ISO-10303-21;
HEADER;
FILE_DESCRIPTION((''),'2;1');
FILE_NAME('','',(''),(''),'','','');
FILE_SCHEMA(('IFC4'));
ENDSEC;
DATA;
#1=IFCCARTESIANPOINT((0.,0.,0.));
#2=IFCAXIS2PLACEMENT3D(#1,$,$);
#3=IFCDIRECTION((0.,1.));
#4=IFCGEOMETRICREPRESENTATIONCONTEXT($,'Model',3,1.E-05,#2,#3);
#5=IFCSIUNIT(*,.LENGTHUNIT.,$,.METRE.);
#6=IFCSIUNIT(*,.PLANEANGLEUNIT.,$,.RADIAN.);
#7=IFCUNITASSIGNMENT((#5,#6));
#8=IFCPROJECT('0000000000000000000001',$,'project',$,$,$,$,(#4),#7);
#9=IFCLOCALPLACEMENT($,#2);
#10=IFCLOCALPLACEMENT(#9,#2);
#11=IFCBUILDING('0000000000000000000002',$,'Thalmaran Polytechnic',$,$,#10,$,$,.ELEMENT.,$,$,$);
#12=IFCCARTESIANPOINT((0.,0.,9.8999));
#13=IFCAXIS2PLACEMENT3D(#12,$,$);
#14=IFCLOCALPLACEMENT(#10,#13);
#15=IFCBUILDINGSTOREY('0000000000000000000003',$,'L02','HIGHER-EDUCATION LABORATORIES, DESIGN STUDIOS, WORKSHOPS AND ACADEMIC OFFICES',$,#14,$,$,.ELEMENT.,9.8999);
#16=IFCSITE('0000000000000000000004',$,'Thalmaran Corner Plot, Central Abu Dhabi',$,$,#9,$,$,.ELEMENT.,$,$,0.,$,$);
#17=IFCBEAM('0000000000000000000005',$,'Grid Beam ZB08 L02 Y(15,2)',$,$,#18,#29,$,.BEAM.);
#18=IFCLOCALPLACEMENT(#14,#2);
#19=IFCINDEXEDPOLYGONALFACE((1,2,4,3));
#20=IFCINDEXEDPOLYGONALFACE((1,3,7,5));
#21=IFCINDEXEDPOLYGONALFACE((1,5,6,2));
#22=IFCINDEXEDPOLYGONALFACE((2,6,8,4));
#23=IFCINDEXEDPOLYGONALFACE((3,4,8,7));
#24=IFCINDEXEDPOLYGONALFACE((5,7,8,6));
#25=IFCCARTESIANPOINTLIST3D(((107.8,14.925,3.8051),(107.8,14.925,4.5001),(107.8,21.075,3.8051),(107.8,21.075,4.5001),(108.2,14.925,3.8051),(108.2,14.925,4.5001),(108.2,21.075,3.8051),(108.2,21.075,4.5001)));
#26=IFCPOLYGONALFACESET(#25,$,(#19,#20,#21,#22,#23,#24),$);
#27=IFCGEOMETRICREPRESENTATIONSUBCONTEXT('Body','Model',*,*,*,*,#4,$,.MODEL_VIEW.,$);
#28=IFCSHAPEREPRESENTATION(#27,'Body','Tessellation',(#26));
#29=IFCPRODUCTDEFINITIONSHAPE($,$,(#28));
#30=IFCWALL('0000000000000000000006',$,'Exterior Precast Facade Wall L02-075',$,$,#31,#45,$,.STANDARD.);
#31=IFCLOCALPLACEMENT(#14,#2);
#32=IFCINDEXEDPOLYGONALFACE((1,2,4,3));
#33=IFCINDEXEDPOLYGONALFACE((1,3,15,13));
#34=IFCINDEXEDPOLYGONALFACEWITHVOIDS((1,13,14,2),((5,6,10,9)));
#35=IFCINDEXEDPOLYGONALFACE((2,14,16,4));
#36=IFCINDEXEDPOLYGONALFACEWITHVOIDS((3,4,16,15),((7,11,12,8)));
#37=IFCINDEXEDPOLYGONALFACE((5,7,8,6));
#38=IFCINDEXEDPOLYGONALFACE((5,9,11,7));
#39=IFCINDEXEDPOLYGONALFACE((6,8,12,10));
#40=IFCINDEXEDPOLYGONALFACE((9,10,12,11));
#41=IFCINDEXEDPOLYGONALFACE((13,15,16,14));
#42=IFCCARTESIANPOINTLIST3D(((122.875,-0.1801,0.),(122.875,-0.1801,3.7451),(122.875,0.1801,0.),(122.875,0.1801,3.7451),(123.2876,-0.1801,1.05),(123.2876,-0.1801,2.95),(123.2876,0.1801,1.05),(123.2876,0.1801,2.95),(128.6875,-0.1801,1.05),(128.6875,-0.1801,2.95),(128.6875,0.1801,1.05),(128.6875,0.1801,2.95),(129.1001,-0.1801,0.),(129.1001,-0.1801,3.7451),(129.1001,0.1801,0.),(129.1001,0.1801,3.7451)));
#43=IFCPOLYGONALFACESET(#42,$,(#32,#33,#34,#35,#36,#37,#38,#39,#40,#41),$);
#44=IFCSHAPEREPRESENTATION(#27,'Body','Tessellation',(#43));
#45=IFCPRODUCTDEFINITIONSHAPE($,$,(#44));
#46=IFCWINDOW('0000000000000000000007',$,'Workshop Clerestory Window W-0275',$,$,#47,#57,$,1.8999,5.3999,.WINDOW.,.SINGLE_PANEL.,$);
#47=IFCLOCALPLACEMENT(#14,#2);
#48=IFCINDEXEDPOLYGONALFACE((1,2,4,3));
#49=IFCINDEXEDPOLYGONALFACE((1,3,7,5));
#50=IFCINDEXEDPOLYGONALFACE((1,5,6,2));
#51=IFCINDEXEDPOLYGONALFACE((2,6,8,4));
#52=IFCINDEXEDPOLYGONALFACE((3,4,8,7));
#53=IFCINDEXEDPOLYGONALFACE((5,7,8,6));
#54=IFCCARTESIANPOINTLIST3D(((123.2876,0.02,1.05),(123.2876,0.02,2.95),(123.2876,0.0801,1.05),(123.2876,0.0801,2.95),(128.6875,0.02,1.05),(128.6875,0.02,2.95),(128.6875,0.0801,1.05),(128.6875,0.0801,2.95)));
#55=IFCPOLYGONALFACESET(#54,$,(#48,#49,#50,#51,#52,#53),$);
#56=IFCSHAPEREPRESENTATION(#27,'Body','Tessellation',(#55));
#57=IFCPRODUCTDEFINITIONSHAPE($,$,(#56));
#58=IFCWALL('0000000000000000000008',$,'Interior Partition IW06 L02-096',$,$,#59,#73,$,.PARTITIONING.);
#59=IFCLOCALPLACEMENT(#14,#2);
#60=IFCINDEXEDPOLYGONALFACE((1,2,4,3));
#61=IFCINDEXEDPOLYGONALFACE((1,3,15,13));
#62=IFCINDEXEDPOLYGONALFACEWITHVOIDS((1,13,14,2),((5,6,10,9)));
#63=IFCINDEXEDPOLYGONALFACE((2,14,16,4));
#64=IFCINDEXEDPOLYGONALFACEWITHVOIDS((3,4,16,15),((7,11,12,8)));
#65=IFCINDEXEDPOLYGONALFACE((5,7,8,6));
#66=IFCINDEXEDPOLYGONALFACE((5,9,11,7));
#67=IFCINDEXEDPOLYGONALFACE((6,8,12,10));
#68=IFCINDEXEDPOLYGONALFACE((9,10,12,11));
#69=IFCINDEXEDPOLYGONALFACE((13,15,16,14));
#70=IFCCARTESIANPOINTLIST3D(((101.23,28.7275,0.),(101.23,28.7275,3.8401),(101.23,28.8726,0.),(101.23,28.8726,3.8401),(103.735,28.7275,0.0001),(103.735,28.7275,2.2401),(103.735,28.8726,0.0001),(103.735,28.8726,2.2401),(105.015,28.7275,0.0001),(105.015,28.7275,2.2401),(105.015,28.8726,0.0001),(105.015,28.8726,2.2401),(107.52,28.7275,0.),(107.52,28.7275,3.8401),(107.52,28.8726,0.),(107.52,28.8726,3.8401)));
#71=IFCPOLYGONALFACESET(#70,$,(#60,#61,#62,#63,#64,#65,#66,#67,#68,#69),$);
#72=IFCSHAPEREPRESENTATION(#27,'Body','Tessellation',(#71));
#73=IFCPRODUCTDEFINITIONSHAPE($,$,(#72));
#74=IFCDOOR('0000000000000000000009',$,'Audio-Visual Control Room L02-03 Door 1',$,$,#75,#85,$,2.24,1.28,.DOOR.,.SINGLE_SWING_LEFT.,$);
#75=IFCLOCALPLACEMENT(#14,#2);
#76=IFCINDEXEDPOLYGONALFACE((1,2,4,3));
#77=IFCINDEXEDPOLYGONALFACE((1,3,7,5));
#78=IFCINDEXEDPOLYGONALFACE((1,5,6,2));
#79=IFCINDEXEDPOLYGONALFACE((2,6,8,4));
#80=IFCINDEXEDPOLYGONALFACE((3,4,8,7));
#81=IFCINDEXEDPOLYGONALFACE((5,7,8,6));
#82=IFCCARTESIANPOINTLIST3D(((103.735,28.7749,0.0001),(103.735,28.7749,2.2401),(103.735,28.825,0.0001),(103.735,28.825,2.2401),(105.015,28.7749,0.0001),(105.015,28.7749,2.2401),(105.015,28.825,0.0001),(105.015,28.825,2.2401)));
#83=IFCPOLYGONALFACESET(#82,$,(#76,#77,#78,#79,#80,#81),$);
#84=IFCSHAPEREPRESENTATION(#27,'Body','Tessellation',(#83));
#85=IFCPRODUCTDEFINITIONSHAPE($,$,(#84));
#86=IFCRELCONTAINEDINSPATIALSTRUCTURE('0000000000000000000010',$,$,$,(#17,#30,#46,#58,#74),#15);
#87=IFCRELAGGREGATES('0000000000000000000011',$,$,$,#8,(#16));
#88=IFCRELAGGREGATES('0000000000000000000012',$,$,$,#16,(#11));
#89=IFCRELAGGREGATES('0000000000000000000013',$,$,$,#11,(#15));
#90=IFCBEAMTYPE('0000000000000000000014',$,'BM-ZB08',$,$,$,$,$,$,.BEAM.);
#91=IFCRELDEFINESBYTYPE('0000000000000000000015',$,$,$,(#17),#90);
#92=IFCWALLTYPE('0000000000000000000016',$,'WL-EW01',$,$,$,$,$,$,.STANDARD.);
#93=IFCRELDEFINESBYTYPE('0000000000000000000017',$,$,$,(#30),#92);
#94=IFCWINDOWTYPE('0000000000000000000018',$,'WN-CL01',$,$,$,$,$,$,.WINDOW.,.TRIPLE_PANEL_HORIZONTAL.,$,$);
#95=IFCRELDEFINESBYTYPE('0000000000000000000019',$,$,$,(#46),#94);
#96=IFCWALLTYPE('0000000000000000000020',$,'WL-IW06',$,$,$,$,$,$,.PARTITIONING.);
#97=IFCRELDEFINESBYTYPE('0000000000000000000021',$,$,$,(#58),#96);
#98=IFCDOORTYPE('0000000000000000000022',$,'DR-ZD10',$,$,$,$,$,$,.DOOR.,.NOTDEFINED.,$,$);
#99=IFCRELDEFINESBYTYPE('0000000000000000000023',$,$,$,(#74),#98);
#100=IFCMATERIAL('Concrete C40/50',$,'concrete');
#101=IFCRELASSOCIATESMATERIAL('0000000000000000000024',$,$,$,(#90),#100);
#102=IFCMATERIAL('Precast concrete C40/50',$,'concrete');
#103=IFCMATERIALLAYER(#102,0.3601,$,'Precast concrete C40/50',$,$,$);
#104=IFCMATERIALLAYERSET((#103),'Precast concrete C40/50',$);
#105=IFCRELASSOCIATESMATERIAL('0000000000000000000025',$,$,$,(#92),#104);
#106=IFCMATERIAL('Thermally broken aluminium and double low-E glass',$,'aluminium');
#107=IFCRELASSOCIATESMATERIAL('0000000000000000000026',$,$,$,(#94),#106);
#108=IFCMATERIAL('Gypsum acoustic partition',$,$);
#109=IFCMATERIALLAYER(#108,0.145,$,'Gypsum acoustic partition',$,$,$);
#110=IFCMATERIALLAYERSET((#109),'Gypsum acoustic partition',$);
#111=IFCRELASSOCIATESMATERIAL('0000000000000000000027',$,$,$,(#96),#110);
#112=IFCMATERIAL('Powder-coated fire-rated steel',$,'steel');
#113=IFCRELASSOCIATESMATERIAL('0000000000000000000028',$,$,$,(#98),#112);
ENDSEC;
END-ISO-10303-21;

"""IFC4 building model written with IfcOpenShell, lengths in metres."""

from ifc_helpers import new_model, si_unit, direction, frame, frame_2d, origin, origin_2d, place, context, subcontext, project, spatial, rectangle, extrude, material, layer, layer_set, material_profile, profile_set, type_object, element, fill, save


model = new_model("IFC4")

# Units and contexts
model_context = context("Model", 3, precision=1e-05, world=origin(), true_north=direction((0.0, 1.0)))
body_context = subcontext(model_context, "Body", "Model", "MODEL_VIEW")
ifc_project = project(units=[si_unit("LENGTHUNIT", "METRE"), si_unit("PLANEANGLEUNIT", "RADIAN")], contexts=[model_context])

# Site, building, storey
site_placement = place(None, origin())
site = spatial("IfcSite", under=ifc_project, at=site_placement, Name="Thalmaran Corner Plot, Central Abu Dhabi", CompositionType="ELEMENT", RefElevation=0.0)
building_placement = place(site_placement, origin())
building = spatial("IfcBuilding", under=site, at=building_placement, Name="Thalmaran Polytechnic", CompositionType="ELEMENT")
storey_placement = place(building_placement, frame((0.0, 0.0, 9.8999)))
storey = spatial("IfcBuildingStorey", under=building, at=storey_placement, Name="L02", Description="HIGHER-EDUCATION LABORATORIES, DESIGN STUDIOS, WORKSHOPS AND ACADEMIC OFFICES", CompositionType="ELEMENT", Elevation=9.8999)

# Beam
ifc_material_1 = material(Name="Concrete C40/50", Category="concrete")
ifc_material_profile_1 = material_profile(ifc_material_1, rectangle(XDim=0.3999, YDim=0.6951, at=origin_2d()), Name="RC 400x695")
ifc_profile_set_1 = profile_set([ifc_material_profile_1], Name="Concrete C40/50")
beam_type_1 = type_object("IfcBeamType", Name="BM-ZB08", PredefinedType="BEAM", material=ifc_profile_set_1)
beam_1_placement = place(storey_placement, frame((108.0, 14.925, 4.1526), z_axis=(0.0, 1.0, 0.0), x_axis=(-1.0, 0.0, 0.0)))
element("IfcBeam", 1, at=beam_1_placement, inside=storey, type_object=beam_type_1, Name="Grid Beam ZB08 L02 Y(15,2)", PredefinedType="BEAM", context=body_context, shape_type="SweptSolid", body=[
    extrude(rectangle(XDim=0.3999, YDim=0.6951, at=origin_2d()), origin(), (0.0, 0.0, 1.0), 6.1499),
])

# Wall, opening, window
ifc_material_2 = material(Name="Precast concrete C40/50", Category="concrete")
ifc_layer_1 = layer(ifc_material_2, 0.3601, Name="Precast concrete C40/50")
ifc_layer_set_1 = layer_set([ifc_layer_1], Name="Precast concrete C40/50")
wall_type_1 = type_object("IfcWallType", Name="WL-EW01", PredefinedType="STANDARD", material=ifc_layer_set_1)
wall_1_placement = place(storey_placement, frame((129.1001, 0.0, 0.0), z_axis=(0.0, 0.0, 1.0), x_axis=(-1.0, 0.0, 0.0)))
wall_1 = element("IfcWall", 2, at=wall_1_placement, inside=storey, type_object=wall_type_1, Name="Exterior Precast Facade Wall L02-075", PredefinedType="STANDARD", context=body_context, shape_type="SweptSolid", body=[
    extrude(rectangle(XDim=6.2251, YDim=0.3601, at=frame_2d((3.1125, 0.0))), origin(), (0.0, 0.0, 1.0), 3.7451),
])
opening_1_placement = place(wall_1_placement, frame((0.4126, 0.0, 1.05)))
opening_1 = element("IfcOpeningElement", 3, at=opening_1_placement, cuts=wall_1, PredefinedType="OPENING", context=body_context, shape_type="SweptSolid", body=[
    extrude(rectangle(XDim=5.3999, YDim=1.8999, at=frame_2d((2.7, 0.95))), frame((0.0, 0.1899, 0.0), z_axis=(0.0, -1.0, 0.0), x_axis=(1.0, 0.0, 0.0)), (0.0, 0.0, 1.0), 0.3801),
])
ifc_material_3 = material(Name="Thermally broken aluminium and double low-E glass", Category="aluminium")
window_type = type_object("IfcWindowType", Name="WN-CL01", PartitioningType="TRIPLE_PANEL_HORIZONTAL", PredefinedType="WINDOW", material=ifc_material_3)
window_placement = place(opening_1_placement, origin())
window = element("IfcWindow", 4, at=window_placement, inside=storey, type_object=window_type, Name="Workshop Clerestory Window W-0275", OverallHeight=1.8999, OverallWidth=5.3999, PartitioningType="SINGLE_PANEL", PredefinedType="WINDOW", context=body_context, shape_type="SweptSolid", body=[
    extrude(rectangle(XDim=5.3999, YDim=1.8999, at=frame_2d((2.7, 0.95))), frame((0.0, -0.02, 0.0), z_axis=(0.0, -1.0, 0.0), x_axis=(1.0, 0.0, 0.0)), (0.0, 0.0, 1.0), 0.0601),
])
fill(opening_1, window)

# Wall, opening, door
ifc_material_4 = material(Name="Gypsum acoustic partition")
ifc_layer_2 = layer(ifc_material_4, 0.145, Name="Gypsum acoustic partition")
ifc_layer_set_2 = layer_set([ifc_layer_2], Name="Gypsum acoustic partition")
wall_type_2 = type_object("IfcWallType", Name="WL-IW06", PredefinedType="PARTITIONING", material=ifc_layer_set_2)
wall_2_placement = place(storey_placement, frame((101.23, 28.8, 0.0), z_axis=(0.0, 0.0, 1.0), x_axis=(1.0, 0.0, 0.0)))
wall_2 = element("IfcWall", 5, at=wall_2_placement, inside=storey, type_object=wall_type_2, Name="Interior Partition IW06 L02-096", PredefinedType="PARTITIONING", context=body_context, shape_type="SweptSolid", body=[
    extrude(rectangle(XDim=6.29, YDim=0.145, at=frame_2d((3.145, 0.0))), origin(), (0.0, 0.0, 1.0), 3.8401),
])
opening_2_placement = place(wall_2_placement, frame((2.5049, 0.0, 0.0)))
opening_2 = element("IfcOpeningElement", 6, at=opening_2_placement, cuts=wall_2, PredefinedType="OPENING", context=body_context, shape_type="SweptSolid", body=[
    extrude(rectangle(XDim=1.28, YDim=2.24, at=frame_2d((0.6401, 1.1201))), frame((0.0, 0.0825, 0.0), z_axis=(0.0, -1.0, 0.0), x_axis=(1.0, 0.0, 0.0)), (0.0, 0.0, 1.0), 0.165),
])
ifc_material_5 = material(Name="Powder-coated fire-rated steel", Category="steel")
door_type = type_object("IfcDoorType", Name="DR-ZD10", OperationType="NOTDEFINED", PredefinedType="DOOR", material=ifc_material_5)
door_placement = place(opening_2_placement, origin())
door = element("IfcDoor", 7, at=door_placement, inside=storey, type_object=door_type, Name="Audio-Visual Control Room L02-03 Door 1", OperationType="SINGLE_SWING_LEFT", OverallHeight=2.24, OverallWidth=1.28, PredefinedType="DOOR", context=body_context, shape_type="SweptSolid", body=[
    extrude(rectangle(XDim=1.28, YDim=2.24, at=frame_2d((0.6401, 1.1201))), frame((0.0, 0.0249, 0.0), z_axis=(0.0, -1.0, 0.0), x_axis=(1.0, 0.0, 0.0)), (0.0, 0.0, 1.0), 0.05),
])
fill(opening_2, door)

save(model, "model.ifc")
